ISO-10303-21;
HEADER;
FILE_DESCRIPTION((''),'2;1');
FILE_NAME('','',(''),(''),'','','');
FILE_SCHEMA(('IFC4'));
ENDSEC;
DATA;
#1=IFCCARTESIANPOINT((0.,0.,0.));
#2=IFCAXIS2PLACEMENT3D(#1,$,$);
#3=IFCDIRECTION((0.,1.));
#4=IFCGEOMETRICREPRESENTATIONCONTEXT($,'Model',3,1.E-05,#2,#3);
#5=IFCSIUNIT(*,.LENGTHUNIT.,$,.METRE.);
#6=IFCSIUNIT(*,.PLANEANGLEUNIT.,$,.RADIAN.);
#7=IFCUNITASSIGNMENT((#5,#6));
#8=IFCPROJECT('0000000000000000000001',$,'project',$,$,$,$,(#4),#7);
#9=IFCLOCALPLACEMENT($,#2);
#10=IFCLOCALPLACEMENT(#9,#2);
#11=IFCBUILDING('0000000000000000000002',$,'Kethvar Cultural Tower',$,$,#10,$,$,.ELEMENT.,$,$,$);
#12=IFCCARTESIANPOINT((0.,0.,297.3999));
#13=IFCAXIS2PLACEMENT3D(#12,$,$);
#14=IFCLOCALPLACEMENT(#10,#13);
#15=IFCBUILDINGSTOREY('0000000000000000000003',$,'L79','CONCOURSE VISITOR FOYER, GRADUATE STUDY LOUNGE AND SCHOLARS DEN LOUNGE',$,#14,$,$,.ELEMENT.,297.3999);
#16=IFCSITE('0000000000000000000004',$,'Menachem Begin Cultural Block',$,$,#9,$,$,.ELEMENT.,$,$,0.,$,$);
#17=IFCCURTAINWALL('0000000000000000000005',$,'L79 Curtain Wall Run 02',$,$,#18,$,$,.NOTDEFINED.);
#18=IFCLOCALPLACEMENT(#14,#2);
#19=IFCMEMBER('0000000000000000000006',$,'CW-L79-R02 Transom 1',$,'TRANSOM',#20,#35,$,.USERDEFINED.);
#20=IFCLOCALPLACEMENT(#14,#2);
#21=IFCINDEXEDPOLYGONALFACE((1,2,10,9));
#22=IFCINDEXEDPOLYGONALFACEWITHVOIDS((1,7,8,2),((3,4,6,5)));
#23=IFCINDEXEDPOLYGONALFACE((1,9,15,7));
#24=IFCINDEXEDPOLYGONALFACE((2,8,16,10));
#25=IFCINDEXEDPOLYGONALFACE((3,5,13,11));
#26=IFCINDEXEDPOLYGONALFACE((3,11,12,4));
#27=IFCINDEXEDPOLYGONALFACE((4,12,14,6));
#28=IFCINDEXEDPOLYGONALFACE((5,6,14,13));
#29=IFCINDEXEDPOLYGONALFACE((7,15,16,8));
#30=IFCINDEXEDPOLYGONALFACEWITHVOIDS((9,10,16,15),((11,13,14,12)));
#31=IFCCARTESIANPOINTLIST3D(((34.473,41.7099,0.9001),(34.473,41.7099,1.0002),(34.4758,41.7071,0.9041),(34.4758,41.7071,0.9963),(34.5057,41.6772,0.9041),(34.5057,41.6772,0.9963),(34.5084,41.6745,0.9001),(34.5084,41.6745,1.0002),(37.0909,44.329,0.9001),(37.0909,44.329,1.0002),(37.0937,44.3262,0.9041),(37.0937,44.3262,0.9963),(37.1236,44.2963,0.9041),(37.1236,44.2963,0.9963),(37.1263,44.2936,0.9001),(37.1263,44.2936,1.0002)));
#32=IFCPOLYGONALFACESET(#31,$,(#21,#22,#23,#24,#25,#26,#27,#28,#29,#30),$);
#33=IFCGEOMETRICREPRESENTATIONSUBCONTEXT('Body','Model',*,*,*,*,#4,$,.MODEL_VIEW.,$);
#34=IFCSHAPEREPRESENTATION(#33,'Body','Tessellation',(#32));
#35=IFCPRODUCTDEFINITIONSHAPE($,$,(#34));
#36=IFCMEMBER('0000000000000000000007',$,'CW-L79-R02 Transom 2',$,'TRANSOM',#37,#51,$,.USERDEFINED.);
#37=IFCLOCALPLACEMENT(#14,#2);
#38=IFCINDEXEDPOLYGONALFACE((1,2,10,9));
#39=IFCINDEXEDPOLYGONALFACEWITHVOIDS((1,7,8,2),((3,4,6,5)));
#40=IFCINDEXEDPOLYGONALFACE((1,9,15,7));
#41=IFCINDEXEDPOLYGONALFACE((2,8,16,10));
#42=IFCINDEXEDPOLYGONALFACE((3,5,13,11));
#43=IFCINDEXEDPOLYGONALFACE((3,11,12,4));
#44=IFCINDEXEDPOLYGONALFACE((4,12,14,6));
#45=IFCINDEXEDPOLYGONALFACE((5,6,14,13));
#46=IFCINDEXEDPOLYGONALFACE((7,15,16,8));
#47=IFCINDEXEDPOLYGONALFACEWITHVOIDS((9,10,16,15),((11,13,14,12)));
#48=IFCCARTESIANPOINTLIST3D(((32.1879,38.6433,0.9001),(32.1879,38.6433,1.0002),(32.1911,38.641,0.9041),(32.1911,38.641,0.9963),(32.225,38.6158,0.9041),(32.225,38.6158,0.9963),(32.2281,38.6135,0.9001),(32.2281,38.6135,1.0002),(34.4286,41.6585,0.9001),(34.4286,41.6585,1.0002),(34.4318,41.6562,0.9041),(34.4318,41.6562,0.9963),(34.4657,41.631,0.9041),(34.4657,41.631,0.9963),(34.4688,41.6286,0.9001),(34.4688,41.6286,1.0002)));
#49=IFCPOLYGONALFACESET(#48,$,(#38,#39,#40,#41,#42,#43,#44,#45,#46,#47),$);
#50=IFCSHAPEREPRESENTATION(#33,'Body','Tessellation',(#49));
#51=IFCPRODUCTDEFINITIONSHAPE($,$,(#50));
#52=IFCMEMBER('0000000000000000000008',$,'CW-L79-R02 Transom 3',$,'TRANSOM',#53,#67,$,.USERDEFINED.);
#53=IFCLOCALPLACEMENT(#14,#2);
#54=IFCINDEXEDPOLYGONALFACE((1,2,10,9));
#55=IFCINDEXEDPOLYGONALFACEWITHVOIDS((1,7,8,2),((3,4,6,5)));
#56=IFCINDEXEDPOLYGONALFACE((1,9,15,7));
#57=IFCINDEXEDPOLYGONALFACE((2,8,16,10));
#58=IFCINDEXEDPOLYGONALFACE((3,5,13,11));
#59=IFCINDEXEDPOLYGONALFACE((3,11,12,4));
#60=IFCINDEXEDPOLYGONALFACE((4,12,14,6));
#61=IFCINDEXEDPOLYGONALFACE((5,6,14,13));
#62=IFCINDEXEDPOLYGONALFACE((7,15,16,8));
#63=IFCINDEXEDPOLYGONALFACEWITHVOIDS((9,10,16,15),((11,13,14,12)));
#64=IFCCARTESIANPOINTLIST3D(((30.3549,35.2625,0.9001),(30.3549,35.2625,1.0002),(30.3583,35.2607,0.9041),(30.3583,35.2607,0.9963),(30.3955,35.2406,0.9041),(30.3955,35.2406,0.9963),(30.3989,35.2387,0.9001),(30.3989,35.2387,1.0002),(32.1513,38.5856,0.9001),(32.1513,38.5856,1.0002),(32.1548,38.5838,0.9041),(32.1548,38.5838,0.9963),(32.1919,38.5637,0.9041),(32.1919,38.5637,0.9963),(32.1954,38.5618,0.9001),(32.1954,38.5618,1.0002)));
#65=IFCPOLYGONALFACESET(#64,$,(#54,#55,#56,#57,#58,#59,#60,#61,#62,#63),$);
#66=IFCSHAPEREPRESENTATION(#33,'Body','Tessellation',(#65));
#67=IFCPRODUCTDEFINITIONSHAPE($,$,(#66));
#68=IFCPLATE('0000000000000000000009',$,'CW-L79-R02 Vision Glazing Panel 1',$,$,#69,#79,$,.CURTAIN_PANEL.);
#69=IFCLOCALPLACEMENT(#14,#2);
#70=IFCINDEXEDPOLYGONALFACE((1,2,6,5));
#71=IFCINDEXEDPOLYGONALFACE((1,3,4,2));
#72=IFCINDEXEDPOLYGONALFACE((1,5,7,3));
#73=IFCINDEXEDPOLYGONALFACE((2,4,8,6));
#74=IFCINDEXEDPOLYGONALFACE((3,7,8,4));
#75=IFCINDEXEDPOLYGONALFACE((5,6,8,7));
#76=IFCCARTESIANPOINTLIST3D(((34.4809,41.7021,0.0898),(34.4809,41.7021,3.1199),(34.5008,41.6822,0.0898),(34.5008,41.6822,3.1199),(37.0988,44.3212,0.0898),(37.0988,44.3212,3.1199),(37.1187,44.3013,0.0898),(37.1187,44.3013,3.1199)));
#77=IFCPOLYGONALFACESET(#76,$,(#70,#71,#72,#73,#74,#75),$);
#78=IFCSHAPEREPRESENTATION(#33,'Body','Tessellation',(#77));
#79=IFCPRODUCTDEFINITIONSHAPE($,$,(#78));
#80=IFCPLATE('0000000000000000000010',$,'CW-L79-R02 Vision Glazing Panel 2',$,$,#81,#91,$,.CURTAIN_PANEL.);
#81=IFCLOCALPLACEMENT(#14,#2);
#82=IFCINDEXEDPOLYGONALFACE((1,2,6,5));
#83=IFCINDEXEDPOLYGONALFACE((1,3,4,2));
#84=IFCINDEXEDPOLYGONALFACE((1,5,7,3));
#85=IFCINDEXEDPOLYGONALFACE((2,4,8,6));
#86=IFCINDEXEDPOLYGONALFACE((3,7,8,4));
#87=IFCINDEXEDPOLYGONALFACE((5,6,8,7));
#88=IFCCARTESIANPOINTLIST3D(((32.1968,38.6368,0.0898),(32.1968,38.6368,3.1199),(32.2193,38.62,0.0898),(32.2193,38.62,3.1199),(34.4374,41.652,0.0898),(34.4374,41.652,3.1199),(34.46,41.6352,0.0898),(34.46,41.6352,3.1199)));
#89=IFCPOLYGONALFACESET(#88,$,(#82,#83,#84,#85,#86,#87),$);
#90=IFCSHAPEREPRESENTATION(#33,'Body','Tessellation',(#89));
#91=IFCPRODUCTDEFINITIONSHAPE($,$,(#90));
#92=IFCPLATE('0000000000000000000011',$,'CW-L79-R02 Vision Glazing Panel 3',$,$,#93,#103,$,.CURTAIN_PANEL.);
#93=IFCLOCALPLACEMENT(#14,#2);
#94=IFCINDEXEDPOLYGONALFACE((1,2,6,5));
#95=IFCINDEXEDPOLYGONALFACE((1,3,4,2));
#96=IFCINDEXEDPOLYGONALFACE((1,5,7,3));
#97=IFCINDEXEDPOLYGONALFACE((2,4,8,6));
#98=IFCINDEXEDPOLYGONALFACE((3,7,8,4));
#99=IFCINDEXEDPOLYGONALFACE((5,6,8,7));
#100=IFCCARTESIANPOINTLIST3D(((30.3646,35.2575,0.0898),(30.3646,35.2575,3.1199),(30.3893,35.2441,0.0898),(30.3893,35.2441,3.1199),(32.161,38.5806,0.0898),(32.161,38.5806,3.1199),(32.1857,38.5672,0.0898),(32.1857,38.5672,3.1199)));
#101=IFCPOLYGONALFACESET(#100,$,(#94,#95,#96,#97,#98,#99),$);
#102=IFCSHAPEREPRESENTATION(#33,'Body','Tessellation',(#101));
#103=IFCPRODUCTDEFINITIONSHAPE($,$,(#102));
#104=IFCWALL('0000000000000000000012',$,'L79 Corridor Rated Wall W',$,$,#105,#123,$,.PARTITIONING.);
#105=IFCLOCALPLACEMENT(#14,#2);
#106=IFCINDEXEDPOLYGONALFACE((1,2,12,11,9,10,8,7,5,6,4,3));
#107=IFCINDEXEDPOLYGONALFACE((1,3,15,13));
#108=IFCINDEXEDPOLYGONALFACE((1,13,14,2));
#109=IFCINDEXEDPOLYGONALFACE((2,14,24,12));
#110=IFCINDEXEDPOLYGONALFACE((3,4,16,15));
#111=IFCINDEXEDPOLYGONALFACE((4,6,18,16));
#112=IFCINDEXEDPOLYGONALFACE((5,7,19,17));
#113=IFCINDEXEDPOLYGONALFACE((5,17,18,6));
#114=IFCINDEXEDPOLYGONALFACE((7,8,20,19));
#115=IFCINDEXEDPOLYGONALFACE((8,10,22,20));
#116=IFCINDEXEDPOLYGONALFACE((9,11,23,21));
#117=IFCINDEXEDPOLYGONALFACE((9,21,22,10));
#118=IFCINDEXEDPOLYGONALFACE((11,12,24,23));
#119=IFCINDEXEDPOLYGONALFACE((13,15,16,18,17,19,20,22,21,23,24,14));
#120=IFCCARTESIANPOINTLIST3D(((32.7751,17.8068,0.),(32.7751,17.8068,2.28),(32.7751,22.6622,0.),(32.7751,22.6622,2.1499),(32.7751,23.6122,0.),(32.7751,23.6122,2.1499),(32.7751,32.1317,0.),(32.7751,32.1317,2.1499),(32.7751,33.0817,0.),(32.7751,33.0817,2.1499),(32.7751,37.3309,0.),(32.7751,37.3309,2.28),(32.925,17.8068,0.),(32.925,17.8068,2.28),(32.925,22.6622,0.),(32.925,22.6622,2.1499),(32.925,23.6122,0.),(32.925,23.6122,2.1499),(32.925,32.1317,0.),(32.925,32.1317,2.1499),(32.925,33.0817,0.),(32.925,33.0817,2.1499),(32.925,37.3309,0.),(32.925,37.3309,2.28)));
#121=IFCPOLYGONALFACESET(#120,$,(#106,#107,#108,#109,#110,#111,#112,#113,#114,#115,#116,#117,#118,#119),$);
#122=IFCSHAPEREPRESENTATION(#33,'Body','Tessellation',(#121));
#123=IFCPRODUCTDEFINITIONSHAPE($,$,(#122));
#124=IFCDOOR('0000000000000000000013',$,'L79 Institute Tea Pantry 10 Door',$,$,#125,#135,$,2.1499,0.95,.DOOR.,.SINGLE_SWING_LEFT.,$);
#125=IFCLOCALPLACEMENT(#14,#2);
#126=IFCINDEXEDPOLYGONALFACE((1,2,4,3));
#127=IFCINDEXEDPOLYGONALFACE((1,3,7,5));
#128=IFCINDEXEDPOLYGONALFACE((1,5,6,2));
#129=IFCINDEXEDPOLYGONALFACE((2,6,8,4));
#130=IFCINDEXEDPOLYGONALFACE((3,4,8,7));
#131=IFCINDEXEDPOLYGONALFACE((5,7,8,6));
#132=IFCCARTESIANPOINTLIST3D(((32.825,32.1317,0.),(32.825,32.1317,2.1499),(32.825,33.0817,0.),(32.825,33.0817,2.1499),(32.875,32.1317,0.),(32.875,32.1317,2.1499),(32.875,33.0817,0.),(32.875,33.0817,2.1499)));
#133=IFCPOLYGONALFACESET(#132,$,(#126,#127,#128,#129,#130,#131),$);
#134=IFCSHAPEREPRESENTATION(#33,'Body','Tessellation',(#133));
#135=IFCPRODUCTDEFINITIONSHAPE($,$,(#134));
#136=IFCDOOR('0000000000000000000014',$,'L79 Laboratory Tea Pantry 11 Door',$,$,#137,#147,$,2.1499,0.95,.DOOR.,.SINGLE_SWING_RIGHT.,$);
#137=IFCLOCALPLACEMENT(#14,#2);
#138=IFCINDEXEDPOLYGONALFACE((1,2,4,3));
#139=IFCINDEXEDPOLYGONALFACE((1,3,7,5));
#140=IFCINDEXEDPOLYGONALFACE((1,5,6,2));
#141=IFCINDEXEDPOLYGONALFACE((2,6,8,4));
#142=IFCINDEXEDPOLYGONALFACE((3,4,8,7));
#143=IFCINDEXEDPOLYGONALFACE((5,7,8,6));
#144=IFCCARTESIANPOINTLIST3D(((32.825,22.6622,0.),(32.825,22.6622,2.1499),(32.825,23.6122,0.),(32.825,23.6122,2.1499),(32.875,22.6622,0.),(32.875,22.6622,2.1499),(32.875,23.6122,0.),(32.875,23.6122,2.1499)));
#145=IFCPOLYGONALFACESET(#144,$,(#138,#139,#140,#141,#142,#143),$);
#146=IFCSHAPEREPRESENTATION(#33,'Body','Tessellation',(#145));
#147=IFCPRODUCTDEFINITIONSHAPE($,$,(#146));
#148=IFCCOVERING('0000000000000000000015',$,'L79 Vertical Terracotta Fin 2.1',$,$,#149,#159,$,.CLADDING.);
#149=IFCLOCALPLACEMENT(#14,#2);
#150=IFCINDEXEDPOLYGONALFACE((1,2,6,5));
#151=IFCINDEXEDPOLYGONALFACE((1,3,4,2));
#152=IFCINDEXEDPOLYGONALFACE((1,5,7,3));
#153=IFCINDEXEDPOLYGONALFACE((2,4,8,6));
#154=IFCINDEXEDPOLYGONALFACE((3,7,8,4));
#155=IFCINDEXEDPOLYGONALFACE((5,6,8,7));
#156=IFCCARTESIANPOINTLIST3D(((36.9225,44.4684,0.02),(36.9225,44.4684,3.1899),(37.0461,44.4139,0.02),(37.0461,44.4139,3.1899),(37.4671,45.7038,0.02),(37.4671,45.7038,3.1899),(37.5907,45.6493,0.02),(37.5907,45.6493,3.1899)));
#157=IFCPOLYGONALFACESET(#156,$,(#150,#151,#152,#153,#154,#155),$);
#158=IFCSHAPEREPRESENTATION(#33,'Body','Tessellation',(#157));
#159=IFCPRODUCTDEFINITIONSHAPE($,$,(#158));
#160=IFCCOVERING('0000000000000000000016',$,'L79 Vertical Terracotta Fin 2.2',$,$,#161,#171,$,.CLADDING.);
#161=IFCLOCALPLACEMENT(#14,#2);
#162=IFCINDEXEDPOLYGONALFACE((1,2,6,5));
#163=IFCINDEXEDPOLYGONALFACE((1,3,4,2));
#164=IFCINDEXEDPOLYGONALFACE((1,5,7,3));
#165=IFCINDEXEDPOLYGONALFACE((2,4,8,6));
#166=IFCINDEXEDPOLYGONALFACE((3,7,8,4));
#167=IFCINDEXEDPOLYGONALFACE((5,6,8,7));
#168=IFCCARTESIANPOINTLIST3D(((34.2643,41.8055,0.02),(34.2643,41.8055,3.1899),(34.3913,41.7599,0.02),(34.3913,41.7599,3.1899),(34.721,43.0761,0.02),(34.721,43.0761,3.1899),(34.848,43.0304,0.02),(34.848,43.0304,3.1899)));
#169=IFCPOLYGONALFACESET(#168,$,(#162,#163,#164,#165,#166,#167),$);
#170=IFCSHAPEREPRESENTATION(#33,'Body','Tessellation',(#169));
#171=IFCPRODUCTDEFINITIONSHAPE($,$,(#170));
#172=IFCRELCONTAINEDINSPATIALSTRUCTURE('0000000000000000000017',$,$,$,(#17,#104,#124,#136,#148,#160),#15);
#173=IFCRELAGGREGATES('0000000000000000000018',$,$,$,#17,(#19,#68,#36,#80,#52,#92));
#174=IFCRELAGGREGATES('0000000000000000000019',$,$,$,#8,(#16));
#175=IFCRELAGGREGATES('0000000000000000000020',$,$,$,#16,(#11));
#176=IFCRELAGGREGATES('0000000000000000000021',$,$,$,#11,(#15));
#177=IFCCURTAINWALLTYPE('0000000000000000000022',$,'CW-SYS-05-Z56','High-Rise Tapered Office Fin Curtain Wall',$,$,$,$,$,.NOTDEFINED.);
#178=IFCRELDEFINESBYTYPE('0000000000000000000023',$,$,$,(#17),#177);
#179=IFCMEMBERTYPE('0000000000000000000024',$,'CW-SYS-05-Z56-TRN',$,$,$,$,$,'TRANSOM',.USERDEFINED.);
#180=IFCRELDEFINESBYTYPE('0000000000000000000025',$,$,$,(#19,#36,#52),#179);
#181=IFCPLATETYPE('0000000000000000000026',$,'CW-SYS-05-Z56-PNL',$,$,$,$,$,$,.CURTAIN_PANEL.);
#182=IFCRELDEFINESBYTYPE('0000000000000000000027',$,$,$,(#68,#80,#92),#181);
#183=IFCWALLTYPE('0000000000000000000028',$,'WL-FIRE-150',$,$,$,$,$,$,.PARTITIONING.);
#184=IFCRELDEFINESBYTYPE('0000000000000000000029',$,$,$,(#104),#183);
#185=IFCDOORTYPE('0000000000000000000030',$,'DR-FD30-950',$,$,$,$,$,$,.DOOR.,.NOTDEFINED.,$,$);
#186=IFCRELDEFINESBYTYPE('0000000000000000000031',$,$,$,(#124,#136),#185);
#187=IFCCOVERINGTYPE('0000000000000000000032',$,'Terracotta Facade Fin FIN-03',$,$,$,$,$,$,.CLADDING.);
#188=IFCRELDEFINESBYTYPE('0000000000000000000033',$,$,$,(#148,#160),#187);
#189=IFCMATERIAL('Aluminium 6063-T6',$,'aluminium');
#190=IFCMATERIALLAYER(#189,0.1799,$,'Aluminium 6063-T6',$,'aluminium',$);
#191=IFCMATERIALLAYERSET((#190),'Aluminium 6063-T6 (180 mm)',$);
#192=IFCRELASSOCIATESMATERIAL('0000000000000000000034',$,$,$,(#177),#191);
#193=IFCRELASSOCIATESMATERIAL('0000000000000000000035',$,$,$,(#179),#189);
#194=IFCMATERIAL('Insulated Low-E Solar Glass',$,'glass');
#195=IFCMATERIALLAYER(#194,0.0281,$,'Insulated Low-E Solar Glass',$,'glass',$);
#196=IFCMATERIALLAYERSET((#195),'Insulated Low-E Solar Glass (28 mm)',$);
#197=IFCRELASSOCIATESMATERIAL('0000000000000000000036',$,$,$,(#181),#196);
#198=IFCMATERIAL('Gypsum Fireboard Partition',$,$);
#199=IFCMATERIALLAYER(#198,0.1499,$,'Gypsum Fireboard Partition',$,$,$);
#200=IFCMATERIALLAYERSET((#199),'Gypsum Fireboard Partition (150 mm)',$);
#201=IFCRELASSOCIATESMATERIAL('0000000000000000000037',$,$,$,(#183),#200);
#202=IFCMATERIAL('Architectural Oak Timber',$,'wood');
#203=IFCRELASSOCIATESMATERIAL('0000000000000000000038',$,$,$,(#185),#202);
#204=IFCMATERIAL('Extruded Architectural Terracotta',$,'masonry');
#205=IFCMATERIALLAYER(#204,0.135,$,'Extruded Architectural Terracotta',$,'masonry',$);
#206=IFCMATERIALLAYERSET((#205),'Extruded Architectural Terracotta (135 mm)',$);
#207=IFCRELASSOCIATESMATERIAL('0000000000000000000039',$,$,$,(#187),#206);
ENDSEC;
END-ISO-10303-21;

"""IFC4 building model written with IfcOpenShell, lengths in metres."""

from ifc_helpers import new_model, si_unit, direction, frame, frame_2d, origin, origin_2d, place, context, subcontext, project, spatial, rectangle, hollow_rectangle, extrude, source, transform, mapped, material, layer, layer_set, material_profile, profile_set, type_object, element, fill, aggregate, save


model = new_model("IFC4")

# Units and contexts
model_context = context("Model", 3, precision=1e-05, world=origin(), true_north=direction((0.0, 1.0)))
body_context = subcontext(model_context, "Body", "Model", "MODEL_VIEW")
ifc_project = project(units=[si_unit("LENGTHUNIT", "METRE"), si_unit("PLANEANGLEUNIT", "RADIAN")], contexts=[model_context])

# Site, building, storey
site_placement = place(None, origin())
site = spatial("IfcSite", under=ifc_project, at=site_placement, Name="Menachem Begin Cultural Block", CompositionType="ELEMENT", RefElevation=0.0)
building_placement = place(site_placement, origin())
building = spatial("IfcBuilding", under=site, at=building_placement, Name="Kethvar Cultural Tower", CompositionType="ELEMENT")
storey_placement = place(building_placement, frame((0.0, 0.0, 297.3999)))
storey = spatial("IfcBuildingStorey", under=building, at=storey_placement, Name="L79", Description="CONCOURSE VISITOR FOYER, GRADUATE STUDY LOUNGE AND SCHOLARS DEN LOUNGE", CompositionType="ELEMENT", Elevation=297.3999)

# Shared definitions
ifc_material_1 = material(Name="Aluminium 6063-T6", Category="aluminium")
ifc_layer_1 = layer(ifc_material_1, 0.1799, Name="Aluminium 6063-T6", Category="aluminium")
ifc_layer_set_1 = layer_set([ifc_layer_1], Name="Aluminium 6063-T6 (180 mm)")
curtain_wall_type = type_object("IfcCurtainWallType", Name="CW-SYS-05-Z56", Description="High-Rise Tapered Office Fin Curtain Wall", PredefinedType="NOTDEFINED", material=ifc_layer_set_1)

# Curtain wall, members, plates
curtain_wall_1_placement = place(storey_placement, origin())
curtain_wall_1 = element("IfcCurtainWall", 1, at=curtain_wall_1_placement, inside=storey, type_object=curtain_wall_type, Name="L79 Curtain Wall Run 02", PredefinedType="NOTDEFINED")
ifc_material_profile_1 = material_profile(ifc_material_1, hollow_rectangle(XDim=0.05, YDim=0.1001, WallThickness=0.0039, at=origin_2d()), Name="Aluminium 6063-T6 — RHS100x50x4")
ifc_profile_set_1 = profile_set([ifc_material_profile_1], Name="Aluminium 6063-T6 — RHS100x50x4")
member_type_1 = type_object("IfcMemberType", Name="CW-SYS-05-Z56-TRN", ElementType="TRANSOM", PredefinedType="USERDEFINED", material=ifc_profile_set_1)
shared_shape_1 = source(origin(), body_context, "Body", "SweptSolid", [
    extrude(hollow_rectangle(XDim=0.05, YDim=0.1001, WallThickness=0.0039, at=origin_2d()), origin(), (0.0, 0.0, 1.0), 3.7031),
])
member_1_placement = place(storey_placement, frame((37.1086, 44.3113, 0.9502), z_axis=(-0.706942, -0.707272, 0.0), x_axis=(0.707272, -0.706942, 0.0)))
member_1 = element("IfcMember", 2, at=member_1_placement, type_object=member_type_1, Name="CW-L79-R02 Transom 1", ObjectType="TRANSOM", PredefinedType="USERDEFINED", context=body_context, shape_type="MappedRepresentation", body=[
    mapped(shared_shape_1, transform((0.0, 0.0, 0.0), scale=1.0)),
])
shared_shape_2 = source(origin(), body_context, "Body", "SweptSolid", [
    extrude(hollow_rectangle(XDim=0.05, YDim=0.1001, WallThickness=0.0039, at=origin_2d()), origin(), (0.0, 0.0, 1.0), 3.7566),
])
member_2_placement = place(storey_placement, frame((34.4487, 41.6436, 0.9502), z_axis=(-0.59648, -0.802628, 0.0), x_axis=(0.802628, -0.59648, 0.0)))
member_2 = element("IfcMember", 3, at=member_2_placement, type_object=member_type_1, Name="CW-L79-R02 Transom 2", ObjectType="TRANSOM", PredefinedType="USERDEFINED", context=body_context, shape_type="MappedRepresentation", body=[
    mapped(shared_shape_2, transform((0.0, 0.0, 0.0), scale=1.0)),
])
shared_shape_3 = source(origin(), body_context, "Body", "SweptSolid", [
    extrude(hollow_rectangle(XDim=0.05, YDim=0.1001, WallThickness=0.0039, at=origin_2d()), origin(), (0.0, 0.0, 1.0), 3.7776),
])
member_3_placement = place(storey_placement, frame((32.1733, 38.5737, 0.9502), z_axis=(-0.475552, -0.879688, 0.0), x_axis=(0.879688, -0.475552, 0.0)))
member_3 = element("IfcMember", 4, at=member_3_placement, type_object=member_type_1, Name="CW-L79-R02 Transom 3", ObjectType="TRANSOM", PredefinedType="USERDEFINED", context=body_context, shape_type="MappedRepresentation", body=[
    mapped(shared_shape_3, transform((0.0, 0.0, 0.0), scale=1.0)),
])
ifc_material_2 = material(Name="Insulated Low-E Solar Glass", Category="glass")
ifc_layer_2 = layer(ifc_material_2, 0.0281, Name="Insulated Low-E Solar Glass", Category="glass")
ifc_layer_set_2 = layer_set([ifc_layer_2], Name="Insulated Low-E Solar Glass (28 mm)")
plate_type = type_object("IfcPlateType", Name="CW-SYS-05-Z56-PNL", PredefinedType="CURTAIN_PANEL", material=ifc_layer_set_2)
shared_shape_4 = source(origin(), body_context, "Body", "SweptSolid", [
    extrude(rectangle(XDim=3.7031, YDim=0.0281, at=origin_2d()), origin(), (0.0, 0.0, 1.0), 3.03),
])
plate_1_placement = place(storey_placement, frame((35.7998, 43.0017, 0.0898), z_axis=(0.0, 0.0, 1.0), x_axis=(-0.706946, -0.707267, 0.0)))
plate_1 = element("IfcPlate", 5, at=plate_1_placement, type_object=plate_type, Name="CW-L79-R02 Vision Glazing Panel 1", PredefinedType="CURTAIN_PANEL", context=body_context, shape_type="MappedRepresentation", body=[
    mapped(shared_shape_4, transform((0.0, 0.0, 0.0), scale=1.0)),
])
shared_shape_5 = source(origin(), body_context, "Body", "SweptSolid", [
    extrude(rectangle(XDim=3.7566, YDim=0.0281, at=origin_2d()), origin(), (0.0, 0.0, 1.0), 3.03),
])
plate_2_placement = place(storey_placement, frame((33.3284, 40.136, 0.0898), z_axis=(0.0, 0.0, 1.0), x_axis=(-0.596463, -0.802641, 0.0)))
plate_2 = element("IfcPlate", 6, at=plate_2_placement, type_object=plate_type, Name="CW-L79-R02 Vision Glazing Panel 2", PredefinedType="CURTAIN_PANEL", context=body_context, shape_type="MappedRepresentation", body=[
    mapped(shared_shape_5, transform((0.0, 0.0, 0.0), scale=1.0)),
])
shared_shape_6 = source(origin(), body_context, "Body", "SweptSolid", [
    extrude(rectangle(XDim=3.7776, YDim=0.0281, at=origin_2d()), origin(), (0.0, 0.0, 1.0), 3.03),
])
plate_3_placement = place(storey_placement, frame((31.2751, 36.9124, 0.0898), z_axis=(0.0, 0.0, 1.0), x_axis=(-0.475563, -0.879682, 0.0)))
plate_3 = element("IfcPlate", 7, at=plate_3_placement, type_object=plate_type, Name="CW-L79-R02 Vision Glazing Panel 3", PredefinedType="CURTAIN_PANEL", context=body_context, shape_type="MappedRepresentation", body=[
    mapped(shared_shape_6, transform((0.0, 0.0, 0.0), scale=1.0)),
])
aggregate(curtain_wall_1, [member_1, plate_1, member_2, plate_2, member_3, plate_3])

# Wall, openings, doors
ifc_material_3 = material(Name="Gypsum Fireboard Partition")
ifc_layer_3 = layer(ifc_material_3, 0.1499, Name="Gypsum Fireboard Partition")
ifc_layer_set_3 = layer_set([ifc_layer_3], Name="Gypsum Fireboard Partition (150 mm)")
wall_type = type_object("IfcWallType", Name="WL-FIRE-150", PredefinedType="PARTITIONING", material=ifc_layer_set_3)
wall_placement = place(storey_placement, frame((32.8501, 37.3311, 0.0), z_axis=(0.0, 0.0, 1.0), x_axis=(0.0, -1.0, 0.0)))
wall = element("IfcWall", 8, at=wall_placement, inside=storey, type_object=wall_type, Name="L79 Corridor Rated Wall W", PredefinedType="PARTITIONING", context=body_context, shape_type="SweptSolid", body=[
    extrude(rectangle(XDim=19.5242, YDim=0.1499, at=frame_2d((9.7622, 0.0))), origin(), (0.0, 0.0, 1.0), 2.28),
])
opening_1_placement = place(wall_placement, frame((4.2493, 0.0, 0.0)))
opening_1 = element("IfcOpeningElement", 9, at=opening_1_placement, cuts=wall, PredefinedType="OPENING", context=body_context, shape_type="SweptSolid", body=[
    extrude(rectangle(XDim=0.95, YDim=2.1499, at=frame_2d((0.4751, 1.075))), frame((0.0, 0.085, 0.0), z_axis=(0.0, -1.0, 0.0), x_axis=(1.0, 0.0, 0.0)), (0.0, 0.0, 1.0), 0.1699),
])
opening_2_placement = place(wall_placement, frame((13.7188, 0.0, 0.0)))
opening_2 = element("IfcOpeningElement", 10, at=opening_2_placement, cuts=wall, PredefinedType="OPENING", context=body_context, shape_type="SweptSolid", body=[
    extrude(rectangle(XDim=0.95, YDim=2.1499, at=frame_2d((0.4751, 1.075))), frame((0.0, 0.085, 0.0), z_axis=(0.0, -1.0, 0.0), x_axis=(1.0, 0.0, 0.0)), (0.0, 0.0, 1.0), 0.1699),
])
ifc_material_4 = material(Name="Architectural Oak Timber", Category="wood")
door_type = type_object("IfcDoorType", Name="DR-FD30-950", OperationType="NOTDEFINED", PredefinedType="DOOR", material=ifc_material_4)
shared_shape_7 = source(origin(), body_context, "Body", "SweptSolid", [
    extrude(rectangle(XDim=0.95, YDim=2.1499, at=frame_2d((0.4751, 1.075))), frame((0.0, 0.0249, 0.0), z_axis=(0.0, -1.0, 0.0), x_axis=(1.0, 0.0, 0.0)), (0.0, 0.0, 1.0), 0.05),
])
door_1_placement = place(opening_1_placement, origin())
door_1 = element("IfcDoor", 11, at=door_1_placement, inside=storey, type_object=door_type, Name="L79 Institute Tea Pantry 10 Door", OperationType="SINGLE_SWING_LEFT", OverallHeight=2.1499, OverallWidth=0.95, PredefinedType="DOOR", context=body_context, shape_type="MappedRepresentation", body=[
    mapped(shared_shape_7, transform((0.0, 0.0, 0.0), scale=1.0)),
])
fill(opening_1, door_1)
door_2_placement = place(opening_2_placement, origin())
door_2 = element("IfcDoor", 12, at=door_2_placement, inside=storey, type_object=door_type, Name="L79 Laboratory Tea Pantry 11 Door", OperationType="SINGLE_SWING_RIGHT", OverallHeight=2.1499, OverallWidth=0.95, PredefinedType="DOOR", context=body_context, shape_type="MappedRepresentation", body=[
    mapped(shared_shape_7, transform((0.0, 0.0, 0.0), scale=1.0)),
])
fill(opening_2, door_2)

# Coverings
ifc_material_5 = material(Name="Extruded Architectural Terracotta", Category="masonry")
ifc_layer_4 = layer(ifc_material_5, 0.135, Name="Extruded Architectural Terracotta", Category="masonry")
ifc_layer_set_4 = layer_set([ifc_layer_4], Name="Extruded Architectural Terracotta (135 mm)")
covering_type = type_object("IfcCoveringType", Name="Terracotta Facade Fin FIN-03", PredefinedType="CLADDING", material=ifc_layer_set_4)
shared_shape_8 = source(origin(), body_context, "Body", "SweptSolid", [
    extrude(rectangle(XDim=1.3501, YDim=0.135, at=origin_2d()), origin(), (0.0, 0.0, 1.0), 3.1699),
])
for number, where, z_axis, x_axis, name in (
    (13, (37.2566, 45.0588, 0.02), (0.0, 0.0, 1.0), (0.403386, 0.91503, 0.0), "L79 Vertical Terracotta Fin 2.1"),
    (14, (34.5562, 42.418, 0.02), (0.0, 0.0, 1.0), (0.338245, 0.941058, 0.0), "L79 Vertical Terracotta Fin 2.2"),
):
    element("IfcCovering", number, at=place(storey_placement, frame(where, z_axis=z_axis, x_axis=x_axis)), inside=storey, type_object=covering_type, Name=name, PredefinedType="CLADDING", context=body_context, shape_type="MappedRepresentation", body=[
        mapped(shared_shape_8, transform((0.0, 0.0, 0.0), scale=1.0)),
    ])

save(model, "model.ifc")
